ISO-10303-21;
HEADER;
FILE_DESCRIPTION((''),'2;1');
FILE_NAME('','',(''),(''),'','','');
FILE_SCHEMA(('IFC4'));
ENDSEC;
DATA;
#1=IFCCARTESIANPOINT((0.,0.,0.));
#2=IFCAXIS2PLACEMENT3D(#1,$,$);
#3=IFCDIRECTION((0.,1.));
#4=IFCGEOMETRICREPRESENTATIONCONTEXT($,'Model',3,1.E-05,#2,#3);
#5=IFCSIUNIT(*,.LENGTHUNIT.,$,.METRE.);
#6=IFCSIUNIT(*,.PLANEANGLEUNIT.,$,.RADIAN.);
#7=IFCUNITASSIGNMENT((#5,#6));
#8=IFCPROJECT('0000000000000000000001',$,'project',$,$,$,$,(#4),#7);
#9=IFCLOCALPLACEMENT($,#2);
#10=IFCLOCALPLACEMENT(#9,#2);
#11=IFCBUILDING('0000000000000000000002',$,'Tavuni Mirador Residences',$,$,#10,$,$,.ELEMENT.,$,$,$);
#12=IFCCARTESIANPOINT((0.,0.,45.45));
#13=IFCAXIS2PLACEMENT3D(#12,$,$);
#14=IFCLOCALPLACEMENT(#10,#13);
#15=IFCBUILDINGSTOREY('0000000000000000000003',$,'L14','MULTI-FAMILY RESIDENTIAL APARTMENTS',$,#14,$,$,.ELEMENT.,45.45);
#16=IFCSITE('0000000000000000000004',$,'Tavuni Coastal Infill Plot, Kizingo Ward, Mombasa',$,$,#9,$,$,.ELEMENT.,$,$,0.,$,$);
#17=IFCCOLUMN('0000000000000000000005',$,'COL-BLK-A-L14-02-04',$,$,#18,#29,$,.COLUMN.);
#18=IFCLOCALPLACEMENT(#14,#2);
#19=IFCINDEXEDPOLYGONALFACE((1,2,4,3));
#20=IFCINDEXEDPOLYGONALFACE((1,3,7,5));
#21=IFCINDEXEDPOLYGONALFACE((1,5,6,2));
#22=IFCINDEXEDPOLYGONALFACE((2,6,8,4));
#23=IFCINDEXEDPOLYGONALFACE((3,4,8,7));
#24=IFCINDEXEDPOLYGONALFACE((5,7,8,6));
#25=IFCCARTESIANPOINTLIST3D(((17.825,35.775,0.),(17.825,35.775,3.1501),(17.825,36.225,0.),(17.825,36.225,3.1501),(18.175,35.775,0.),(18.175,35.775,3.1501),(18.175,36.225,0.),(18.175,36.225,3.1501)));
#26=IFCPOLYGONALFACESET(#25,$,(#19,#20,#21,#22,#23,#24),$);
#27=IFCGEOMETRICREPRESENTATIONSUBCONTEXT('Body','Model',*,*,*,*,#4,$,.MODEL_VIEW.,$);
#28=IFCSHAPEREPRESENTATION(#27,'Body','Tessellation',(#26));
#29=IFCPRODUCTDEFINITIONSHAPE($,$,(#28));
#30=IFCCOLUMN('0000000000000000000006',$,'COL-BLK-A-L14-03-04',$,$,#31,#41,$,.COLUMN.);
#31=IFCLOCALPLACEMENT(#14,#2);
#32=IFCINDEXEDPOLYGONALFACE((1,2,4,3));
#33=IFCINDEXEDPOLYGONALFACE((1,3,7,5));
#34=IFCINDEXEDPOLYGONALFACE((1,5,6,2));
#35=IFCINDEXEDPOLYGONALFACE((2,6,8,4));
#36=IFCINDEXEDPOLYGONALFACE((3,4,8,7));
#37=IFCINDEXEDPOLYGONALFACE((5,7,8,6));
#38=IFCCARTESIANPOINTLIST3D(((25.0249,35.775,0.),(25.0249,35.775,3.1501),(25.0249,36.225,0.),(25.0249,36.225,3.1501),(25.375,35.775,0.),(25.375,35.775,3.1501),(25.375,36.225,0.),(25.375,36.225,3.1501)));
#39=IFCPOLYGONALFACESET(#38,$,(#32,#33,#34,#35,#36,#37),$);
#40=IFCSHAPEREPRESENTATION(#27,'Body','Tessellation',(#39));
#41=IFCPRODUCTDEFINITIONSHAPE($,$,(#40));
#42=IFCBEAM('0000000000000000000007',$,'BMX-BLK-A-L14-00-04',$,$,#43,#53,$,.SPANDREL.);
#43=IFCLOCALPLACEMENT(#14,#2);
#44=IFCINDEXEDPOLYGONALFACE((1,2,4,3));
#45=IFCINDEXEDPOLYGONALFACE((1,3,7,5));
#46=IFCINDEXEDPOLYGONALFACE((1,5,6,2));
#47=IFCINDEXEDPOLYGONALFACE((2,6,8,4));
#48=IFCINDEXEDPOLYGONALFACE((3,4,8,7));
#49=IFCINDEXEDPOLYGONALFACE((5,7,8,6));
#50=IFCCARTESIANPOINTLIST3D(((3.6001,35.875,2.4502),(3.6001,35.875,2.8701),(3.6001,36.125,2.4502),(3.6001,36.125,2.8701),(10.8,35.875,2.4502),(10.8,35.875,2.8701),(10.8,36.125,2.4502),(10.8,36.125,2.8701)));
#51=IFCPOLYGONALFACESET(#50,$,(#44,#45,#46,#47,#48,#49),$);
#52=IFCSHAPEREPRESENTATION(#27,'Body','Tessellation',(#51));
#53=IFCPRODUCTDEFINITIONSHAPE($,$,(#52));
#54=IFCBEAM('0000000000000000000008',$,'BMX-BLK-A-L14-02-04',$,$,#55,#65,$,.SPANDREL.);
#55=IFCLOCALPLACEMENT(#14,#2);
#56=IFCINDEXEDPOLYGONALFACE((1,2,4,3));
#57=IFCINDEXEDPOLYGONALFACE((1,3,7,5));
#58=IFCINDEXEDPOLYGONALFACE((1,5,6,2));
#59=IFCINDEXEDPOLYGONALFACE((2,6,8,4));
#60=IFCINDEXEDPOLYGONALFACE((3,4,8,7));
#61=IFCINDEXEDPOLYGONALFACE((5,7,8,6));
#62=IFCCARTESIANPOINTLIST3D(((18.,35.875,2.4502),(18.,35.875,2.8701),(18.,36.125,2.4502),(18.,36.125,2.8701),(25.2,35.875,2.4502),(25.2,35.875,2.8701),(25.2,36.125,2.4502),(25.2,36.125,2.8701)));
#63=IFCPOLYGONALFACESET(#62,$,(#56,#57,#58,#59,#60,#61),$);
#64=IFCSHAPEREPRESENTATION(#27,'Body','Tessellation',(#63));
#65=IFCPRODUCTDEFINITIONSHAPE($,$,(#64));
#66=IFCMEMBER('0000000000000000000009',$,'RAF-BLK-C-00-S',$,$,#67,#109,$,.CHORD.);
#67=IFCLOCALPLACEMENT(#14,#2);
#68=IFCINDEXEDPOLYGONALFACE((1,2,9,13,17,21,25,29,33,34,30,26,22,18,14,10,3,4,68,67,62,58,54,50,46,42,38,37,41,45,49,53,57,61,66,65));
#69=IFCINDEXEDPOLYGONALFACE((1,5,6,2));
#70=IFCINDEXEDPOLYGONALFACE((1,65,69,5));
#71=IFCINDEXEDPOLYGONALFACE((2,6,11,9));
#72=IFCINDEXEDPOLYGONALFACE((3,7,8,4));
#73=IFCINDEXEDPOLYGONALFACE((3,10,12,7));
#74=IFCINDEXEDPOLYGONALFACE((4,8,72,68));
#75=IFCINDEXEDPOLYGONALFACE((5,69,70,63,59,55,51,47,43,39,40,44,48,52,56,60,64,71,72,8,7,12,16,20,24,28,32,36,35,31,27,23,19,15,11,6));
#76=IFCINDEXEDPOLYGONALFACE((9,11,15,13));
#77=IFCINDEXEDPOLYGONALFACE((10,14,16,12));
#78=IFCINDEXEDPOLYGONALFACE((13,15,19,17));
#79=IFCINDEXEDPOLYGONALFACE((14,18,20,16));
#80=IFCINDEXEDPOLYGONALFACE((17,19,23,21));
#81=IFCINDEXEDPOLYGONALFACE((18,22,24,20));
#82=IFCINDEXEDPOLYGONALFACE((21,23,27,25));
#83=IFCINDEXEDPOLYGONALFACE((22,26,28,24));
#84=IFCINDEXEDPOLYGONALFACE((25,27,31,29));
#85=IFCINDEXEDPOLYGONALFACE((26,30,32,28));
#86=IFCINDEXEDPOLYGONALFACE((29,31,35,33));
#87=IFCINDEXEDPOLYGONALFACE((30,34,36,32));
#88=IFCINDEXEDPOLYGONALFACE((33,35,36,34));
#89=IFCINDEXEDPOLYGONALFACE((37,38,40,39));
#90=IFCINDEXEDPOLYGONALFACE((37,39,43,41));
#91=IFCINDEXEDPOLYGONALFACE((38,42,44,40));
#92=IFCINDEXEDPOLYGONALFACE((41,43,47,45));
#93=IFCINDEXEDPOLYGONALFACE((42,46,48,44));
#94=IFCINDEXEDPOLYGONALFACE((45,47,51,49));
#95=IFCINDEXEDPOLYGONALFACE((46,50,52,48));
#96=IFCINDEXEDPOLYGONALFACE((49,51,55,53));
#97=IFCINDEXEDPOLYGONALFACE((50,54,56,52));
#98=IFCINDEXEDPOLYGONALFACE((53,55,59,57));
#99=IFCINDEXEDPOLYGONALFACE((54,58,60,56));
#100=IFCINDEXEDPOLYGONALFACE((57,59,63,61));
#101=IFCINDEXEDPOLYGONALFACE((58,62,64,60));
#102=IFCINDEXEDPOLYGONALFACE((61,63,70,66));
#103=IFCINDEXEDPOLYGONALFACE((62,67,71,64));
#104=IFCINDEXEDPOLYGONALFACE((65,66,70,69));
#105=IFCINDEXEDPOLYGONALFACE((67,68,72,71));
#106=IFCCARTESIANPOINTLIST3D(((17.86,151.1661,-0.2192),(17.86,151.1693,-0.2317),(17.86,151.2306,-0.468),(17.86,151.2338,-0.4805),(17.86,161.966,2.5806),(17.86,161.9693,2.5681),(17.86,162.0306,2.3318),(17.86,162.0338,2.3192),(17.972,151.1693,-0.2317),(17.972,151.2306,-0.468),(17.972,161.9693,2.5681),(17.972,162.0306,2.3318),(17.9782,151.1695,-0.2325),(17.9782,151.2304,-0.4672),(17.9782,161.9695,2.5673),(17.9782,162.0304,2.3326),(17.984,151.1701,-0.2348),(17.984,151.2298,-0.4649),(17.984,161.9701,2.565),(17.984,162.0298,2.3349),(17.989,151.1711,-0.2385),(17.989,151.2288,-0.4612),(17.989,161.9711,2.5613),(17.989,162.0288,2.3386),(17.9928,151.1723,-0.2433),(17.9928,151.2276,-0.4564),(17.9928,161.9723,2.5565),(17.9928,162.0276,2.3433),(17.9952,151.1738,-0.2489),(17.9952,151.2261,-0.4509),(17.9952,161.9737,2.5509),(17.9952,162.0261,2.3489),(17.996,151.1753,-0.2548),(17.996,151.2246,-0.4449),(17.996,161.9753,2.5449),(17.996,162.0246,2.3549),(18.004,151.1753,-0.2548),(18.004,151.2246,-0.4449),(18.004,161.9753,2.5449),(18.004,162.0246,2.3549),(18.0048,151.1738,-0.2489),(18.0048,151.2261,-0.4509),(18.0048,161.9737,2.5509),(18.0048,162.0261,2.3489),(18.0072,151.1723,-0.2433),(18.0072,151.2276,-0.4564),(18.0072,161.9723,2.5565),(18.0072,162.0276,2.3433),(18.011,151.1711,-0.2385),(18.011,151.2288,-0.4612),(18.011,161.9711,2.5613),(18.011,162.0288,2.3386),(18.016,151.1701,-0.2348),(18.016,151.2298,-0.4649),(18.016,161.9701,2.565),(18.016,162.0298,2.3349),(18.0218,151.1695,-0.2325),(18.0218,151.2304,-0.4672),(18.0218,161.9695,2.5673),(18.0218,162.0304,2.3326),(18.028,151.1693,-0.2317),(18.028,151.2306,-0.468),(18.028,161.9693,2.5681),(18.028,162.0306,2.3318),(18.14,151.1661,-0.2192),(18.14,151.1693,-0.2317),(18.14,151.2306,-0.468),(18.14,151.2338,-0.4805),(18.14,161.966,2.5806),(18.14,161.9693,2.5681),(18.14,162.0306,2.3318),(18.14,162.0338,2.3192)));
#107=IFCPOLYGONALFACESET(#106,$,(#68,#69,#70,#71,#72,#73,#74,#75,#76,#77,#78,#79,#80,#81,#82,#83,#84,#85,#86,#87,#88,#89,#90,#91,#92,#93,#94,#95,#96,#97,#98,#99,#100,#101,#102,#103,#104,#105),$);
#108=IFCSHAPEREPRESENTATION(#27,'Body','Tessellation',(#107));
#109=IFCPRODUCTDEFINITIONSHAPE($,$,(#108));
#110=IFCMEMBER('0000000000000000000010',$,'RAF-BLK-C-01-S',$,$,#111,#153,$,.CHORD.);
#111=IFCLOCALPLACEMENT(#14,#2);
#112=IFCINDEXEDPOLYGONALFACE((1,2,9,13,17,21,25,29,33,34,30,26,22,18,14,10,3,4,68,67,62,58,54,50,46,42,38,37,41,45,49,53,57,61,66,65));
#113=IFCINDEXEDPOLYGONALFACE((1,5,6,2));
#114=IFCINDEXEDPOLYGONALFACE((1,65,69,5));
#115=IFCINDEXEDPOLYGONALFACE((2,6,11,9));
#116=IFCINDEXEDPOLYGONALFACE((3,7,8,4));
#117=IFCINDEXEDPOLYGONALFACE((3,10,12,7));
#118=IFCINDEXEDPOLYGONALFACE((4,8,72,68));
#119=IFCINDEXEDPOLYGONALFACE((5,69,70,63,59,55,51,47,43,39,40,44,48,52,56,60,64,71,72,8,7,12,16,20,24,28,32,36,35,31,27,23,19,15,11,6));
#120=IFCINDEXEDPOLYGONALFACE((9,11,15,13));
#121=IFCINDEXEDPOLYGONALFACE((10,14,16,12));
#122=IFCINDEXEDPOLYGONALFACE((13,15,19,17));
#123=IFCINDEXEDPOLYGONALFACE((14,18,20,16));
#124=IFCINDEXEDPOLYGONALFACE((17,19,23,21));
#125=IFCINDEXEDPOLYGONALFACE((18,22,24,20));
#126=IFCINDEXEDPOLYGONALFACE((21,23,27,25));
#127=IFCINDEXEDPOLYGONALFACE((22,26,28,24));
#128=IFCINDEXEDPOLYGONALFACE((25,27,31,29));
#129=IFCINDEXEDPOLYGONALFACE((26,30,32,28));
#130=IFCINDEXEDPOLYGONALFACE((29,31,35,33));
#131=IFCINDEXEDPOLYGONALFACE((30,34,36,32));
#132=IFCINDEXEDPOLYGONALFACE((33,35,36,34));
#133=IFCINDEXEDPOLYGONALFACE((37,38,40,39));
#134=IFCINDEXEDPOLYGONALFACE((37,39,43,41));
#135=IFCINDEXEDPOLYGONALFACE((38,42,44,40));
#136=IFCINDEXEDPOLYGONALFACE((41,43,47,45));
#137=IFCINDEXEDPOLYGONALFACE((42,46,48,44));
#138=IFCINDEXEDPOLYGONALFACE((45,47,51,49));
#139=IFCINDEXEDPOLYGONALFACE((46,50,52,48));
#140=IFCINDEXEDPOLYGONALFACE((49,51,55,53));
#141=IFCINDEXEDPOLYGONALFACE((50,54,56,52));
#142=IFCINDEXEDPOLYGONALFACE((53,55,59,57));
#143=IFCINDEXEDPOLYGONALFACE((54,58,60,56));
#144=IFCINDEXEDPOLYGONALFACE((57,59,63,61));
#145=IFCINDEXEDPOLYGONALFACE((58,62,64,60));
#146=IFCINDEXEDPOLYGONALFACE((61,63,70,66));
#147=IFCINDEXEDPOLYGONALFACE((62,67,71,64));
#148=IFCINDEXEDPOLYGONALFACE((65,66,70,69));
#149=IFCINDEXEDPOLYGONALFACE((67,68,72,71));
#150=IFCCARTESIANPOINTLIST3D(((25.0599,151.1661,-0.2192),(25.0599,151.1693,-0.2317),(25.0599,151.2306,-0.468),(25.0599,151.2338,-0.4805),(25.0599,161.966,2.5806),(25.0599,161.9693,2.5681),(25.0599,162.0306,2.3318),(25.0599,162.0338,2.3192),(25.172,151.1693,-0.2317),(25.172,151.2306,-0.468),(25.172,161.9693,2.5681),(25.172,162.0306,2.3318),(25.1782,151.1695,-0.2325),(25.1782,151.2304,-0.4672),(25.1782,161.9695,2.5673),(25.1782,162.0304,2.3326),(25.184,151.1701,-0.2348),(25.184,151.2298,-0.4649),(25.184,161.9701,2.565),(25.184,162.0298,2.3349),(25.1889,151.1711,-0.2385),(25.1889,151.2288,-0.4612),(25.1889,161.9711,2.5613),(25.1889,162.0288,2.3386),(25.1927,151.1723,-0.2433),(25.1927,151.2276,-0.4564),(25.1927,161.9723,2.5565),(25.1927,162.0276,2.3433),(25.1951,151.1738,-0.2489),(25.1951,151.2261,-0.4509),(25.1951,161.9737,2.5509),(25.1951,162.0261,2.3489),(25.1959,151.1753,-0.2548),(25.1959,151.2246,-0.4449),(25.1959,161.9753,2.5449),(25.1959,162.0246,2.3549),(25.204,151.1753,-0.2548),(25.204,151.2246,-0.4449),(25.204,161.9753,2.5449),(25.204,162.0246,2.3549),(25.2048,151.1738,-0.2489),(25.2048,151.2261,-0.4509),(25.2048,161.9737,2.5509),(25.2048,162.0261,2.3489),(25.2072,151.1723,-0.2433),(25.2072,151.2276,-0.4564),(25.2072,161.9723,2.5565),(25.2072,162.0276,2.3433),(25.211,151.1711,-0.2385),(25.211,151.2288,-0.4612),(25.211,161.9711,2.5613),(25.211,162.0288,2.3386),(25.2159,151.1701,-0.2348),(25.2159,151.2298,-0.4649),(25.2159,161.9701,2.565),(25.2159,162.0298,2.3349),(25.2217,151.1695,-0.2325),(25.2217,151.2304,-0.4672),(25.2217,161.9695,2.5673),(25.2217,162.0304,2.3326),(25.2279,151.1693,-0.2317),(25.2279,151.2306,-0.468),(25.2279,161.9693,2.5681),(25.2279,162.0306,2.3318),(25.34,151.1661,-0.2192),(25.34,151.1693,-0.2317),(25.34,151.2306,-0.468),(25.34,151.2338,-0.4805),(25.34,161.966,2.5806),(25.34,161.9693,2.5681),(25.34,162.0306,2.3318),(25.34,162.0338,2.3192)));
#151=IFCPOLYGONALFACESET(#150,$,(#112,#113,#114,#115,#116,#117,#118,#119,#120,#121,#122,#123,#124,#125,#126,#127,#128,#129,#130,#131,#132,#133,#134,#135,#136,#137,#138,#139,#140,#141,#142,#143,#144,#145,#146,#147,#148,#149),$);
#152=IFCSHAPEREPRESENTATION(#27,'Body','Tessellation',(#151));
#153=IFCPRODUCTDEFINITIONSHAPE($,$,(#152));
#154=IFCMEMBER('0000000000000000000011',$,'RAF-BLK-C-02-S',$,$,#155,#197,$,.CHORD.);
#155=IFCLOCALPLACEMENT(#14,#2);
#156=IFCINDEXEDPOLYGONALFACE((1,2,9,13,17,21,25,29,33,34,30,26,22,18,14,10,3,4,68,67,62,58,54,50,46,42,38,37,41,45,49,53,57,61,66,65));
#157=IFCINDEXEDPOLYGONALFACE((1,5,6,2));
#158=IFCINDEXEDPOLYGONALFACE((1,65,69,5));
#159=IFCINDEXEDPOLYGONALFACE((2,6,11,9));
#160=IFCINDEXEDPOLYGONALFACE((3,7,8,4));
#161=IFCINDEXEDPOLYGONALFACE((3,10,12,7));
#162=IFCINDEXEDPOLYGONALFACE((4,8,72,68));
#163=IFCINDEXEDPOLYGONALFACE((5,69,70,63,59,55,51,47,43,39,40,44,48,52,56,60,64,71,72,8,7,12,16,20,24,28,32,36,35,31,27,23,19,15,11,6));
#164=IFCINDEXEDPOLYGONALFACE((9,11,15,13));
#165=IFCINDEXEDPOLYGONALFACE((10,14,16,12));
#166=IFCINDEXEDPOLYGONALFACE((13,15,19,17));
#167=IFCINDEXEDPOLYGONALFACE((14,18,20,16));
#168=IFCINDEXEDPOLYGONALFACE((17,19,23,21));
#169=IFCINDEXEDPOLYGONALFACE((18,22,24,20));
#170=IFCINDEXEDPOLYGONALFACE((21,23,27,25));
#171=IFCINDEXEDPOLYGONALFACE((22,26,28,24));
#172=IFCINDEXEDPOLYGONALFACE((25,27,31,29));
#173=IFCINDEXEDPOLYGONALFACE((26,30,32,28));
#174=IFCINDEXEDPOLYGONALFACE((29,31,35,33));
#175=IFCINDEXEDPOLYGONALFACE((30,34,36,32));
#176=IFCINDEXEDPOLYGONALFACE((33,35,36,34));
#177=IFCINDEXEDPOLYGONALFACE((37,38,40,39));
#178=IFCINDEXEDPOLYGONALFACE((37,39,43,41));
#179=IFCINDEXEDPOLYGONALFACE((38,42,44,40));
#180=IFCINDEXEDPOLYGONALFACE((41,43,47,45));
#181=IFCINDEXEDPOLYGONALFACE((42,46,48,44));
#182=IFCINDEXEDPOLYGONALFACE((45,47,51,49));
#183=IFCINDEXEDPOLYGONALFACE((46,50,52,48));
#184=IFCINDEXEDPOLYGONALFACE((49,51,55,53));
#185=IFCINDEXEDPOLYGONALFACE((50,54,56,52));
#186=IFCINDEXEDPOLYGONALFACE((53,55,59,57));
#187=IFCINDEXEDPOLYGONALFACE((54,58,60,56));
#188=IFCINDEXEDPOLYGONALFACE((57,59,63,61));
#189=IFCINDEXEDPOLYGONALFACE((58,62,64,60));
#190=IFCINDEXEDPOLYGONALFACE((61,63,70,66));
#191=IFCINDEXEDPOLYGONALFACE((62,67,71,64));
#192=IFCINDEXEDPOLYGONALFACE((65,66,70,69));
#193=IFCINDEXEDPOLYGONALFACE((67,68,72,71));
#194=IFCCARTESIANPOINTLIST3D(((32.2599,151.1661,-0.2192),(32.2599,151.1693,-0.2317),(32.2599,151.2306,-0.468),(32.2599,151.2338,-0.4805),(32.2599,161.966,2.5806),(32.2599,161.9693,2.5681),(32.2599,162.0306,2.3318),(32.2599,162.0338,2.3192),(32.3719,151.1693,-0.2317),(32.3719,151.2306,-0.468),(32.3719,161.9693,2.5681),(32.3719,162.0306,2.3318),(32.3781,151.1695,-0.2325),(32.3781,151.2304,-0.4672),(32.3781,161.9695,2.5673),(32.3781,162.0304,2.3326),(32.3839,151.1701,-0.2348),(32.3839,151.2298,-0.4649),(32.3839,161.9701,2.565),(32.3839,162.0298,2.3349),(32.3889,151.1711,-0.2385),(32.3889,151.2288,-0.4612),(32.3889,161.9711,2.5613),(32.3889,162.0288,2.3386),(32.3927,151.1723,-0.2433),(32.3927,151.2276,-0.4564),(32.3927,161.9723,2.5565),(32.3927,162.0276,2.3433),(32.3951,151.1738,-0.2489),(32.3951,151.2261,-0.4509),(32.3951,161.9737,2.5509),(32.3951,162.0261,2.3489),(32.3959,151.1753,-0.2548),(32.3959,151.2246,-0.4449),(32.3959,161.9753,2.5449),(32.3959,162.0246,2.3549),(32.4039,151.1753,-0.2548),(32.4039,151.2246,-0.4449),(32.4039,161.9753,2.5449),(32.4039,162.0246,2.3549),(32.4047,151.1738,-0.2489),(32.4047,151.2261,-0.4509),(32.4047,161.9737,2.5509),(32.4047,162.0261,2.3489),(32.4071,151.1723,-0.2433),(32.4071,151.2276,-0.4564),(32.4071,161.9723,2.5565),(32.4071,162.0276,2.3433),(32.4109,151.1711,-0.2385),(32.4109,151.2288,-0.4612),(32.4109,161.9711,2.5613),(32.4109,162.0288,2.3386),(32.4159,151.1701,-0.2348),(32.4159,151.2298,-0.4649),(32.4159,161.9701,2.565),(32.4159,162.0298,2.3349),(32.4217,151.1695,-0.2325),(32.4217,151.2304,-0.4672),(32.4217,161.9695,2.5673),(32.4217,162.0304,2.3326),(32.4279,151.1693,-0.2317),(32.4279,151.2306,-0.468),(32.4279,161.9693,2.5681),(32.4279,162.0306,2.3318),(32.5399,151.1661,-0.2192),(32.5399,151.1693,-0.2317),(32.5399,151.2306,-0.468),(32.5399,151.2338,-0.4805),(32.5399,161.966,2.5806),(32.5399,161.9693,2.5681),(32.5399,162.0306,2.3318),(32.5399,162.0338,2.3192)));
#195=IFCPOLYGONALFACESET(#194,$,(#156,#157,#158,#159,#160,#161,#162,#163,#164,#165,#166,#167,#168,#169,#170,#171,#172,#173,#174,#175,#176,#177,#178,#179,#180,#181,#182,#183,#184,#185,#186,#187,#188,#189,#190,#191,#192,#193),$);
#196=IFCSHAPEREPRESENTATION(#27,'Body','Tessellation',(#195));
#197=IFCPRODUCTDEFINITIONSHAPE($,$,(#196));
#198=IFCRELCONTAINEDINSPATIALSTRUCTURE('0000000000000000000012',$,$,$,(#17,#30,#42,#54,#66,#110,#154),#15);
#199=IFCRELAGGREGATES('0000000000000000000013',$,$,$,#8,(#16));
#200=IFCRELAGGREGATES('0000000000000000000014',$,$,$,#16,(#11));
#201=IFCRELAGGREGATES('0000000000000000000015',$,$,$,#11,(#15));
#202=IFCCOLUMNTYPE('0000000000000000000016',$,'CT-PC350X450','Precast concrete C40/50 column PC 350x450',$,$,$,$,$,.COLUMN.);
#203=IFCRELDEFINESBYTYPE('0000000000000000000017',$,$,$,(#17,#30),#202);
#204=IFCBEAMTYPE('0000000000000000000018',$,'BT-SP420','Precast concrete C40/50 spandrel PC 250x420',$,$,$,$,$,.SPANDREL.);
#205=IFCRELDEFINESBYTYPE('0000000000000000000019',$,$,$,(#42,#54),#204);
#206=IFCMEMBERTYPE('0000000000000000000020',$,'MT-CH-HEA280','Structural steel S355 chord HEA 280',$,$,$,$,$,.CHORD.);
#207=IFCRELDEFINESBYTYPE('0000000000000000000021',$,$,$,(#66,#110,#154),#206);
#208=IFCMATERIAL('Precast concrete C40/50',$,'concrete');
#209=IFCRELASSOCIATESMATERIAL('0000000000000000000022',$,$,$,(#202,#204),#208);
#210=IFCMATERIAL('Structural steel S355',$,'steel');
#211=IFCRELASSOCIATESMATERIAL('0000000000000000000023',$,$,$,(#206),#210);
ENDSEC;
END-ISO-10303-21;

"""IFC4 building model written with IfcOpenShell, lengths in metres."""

from ifc_helpers import new_model, si_unit, direction, frame, origin, origin_2d, place, context, subcontext, project, spatial, rectangle, i_section, extrude, material, material_profile, profile_set, type_object, element, save


model = new_model("IFC4")

# Units and contexts
model_context = context("Model", 3, precision=1e-05, world=origin(), true_north=direction((0.0, 1.0)))
body_context = subcontext(model_context, "Body", "Model", "MODEL_VIEW")
ifc_project = project(units=[si_unit("LENGTHUNIT", "METRE"), si_unit("PLANEANGLEUNIT", "RADIAN")], contexts=[model_context])

# Site, building, storey
site_placement = place(None, origin())
site = spatial("IfcSite", under=ifc_project, at=site_placement, Name="Tavuni Coastal Infill Plot, Kizingo Ward, Mombasa", CompositionType="ELEMENT", RefElevation=0.0)
building_placement = place(site_placement, origin())
building = spatial("IfcBuilding", under=site, at=building_placement, Name="Tavuni Mirador Residences", CompositionType="ELEMENT")
storey_placement = place(building_placement, frame((0.0, 0.0, 45.45)))
storey = spatial("IfcBuildingStorey", under=building, at=storey_placement, Name="L14", Description="MULTI-FAMILY RESIDENTIAL APARTMENTS", CompositionType="ELEMENT", Elevation=45.45)

# Columns
ifc_material_1 = material(Name="Precast concrete C40/50", Category="concrete")
ifc_material_profile_1 = material_profile(ifc_material_1, rectangle(XDim=0.3501, YDim=0.45, at=origin_2d()), Name="PC 350x450", Category="concrete")
ifc_profile_set_1 = profile_set([ifc_material_profile_1], Name="Precast concrete C40/50")
column_type = type_object("IfcColumnType", Name="CT-PC350X450", Description="Precast concrete C40/50 column PC 350x450", PredefinedType="COLUMN", material=ifc_profile_set_1)
for number, where, z_axis, x_axis, name in (
    (1, (18.0, 36.0, 0.0), (0.0, 0.0, 1.0), (1.0, 0.0, 0.0), "COL-BLK-A-L14-02-04"),
    (2, (25.2, 36.0, 0.0), (0.0, 0.0, 1.0), (1.0, 0.0, 0.0), "COL-BLK-A-L14-03-04"),
):
    element("IfcColumn", number, at=place(storey_placement, frame(where, z_axis=z_axis, x_axis=x_axis)), inside=storey, type_object=column_type, Name=name, PredefinedType="COLUMN", context=body_context, shape_type="SweptSolid", body=[
        extrude(rectangle(XDim=0.3501, YDim=0.45, at=origin_2d()), origin(), (0.0, 0.0, 1.0), 3.1501),
    ])

# Beams
ifc_material_profile_2 = material_profile(ifc_material_1, rectangle(XDim=0.25, YDim=0.4199, at=origin_2d()), Name="PC 250x420", Category="concrete")
ifc_profile_set_2 = profile_set([ifc_material_profile_2], Name="Precast concrete C40/50")
beam_type = type_object("IfcBeamType", Name="BT-SP420", Description="Precast concrete C40/50 spandrel PC 250x420", PredefinedType="SPANDREL", material=ifc_profile_set_2)
for number, where, z_axis, x_axis, name in (
    (3, (3.6001, 36.0, 2.6602), (1.0, 0.0, 0.0), (0.0, 1.0, 0.0), "BMX-BLK-A-L14-00-04"),
    (4, (18.0, 36.0, 2.6602), (1.0, 0.0, 0.0), (0.0, 1.0, 0.0), "BMX-BLK-A-L14-02-04"),
):
    element("IfcBeam", number, at=place(storey_placement, frame(where, z_axis=z_axis, x_axis=x_axis)), inside=storey, type_object=beam_type, Name=name, PredefinedType="SPANDREL", context=body_context, shape_type="SweptSolid", body=[
        extrude(rectangle(XDim=0.25, YDim=0.4199, at=origin_2d()), origin(), (0.0, 0.0, 1.0), 7.2),
    ])

# Members
ifc_material_2 = material(Name="Structural steel S355", Category="steel")
ifc_material_profile_3 = material_profile(ifc_material_2, i_section(OverallWidth=0.28, OverallDepth=0.27, WebThickness=0.0081, FlangeThickness=0.0129, FilletRadius=0.0239, at=origin_2d()), Name="HEA 280", Category="steel")
ifc_profile_set_3 = profile_set([ifc_material_profile_3], Name="Structural steel S355")
member_type = type_object("IfcMemberType", Name="MT-CH-HEA280", Description="Structural steel S355 chord HEA 280", PredefinedType="CHORD", material=ifc_profile_set_3)
for number, where, z_axis, x_axis, name in (
    (5, (18.0, 151.2, -0.3499), (0.0, 0.968001, 0.250945), (-1.0, 0.0, 0.0), "RAF-BLK-C-00-S"),
    (6, (25.2, 151.2, -0.3499), (0.0, 0.968001, 0.250945), (-1.0, 0.0, 0.0), "RAF-BLK-C-01-S"),
    (7, (32.3999, 151.2, -0.3499), (0.0, 0.968001, 0.250945), (-1.0, 0.0, 0.0), "RAF-BLK-C-02-S"),
):
    element("IfcMember", number, at=place(storey_placement, frame(where, z_axis=z_axis, x_axis=x_axis)), inside=storey, type_object=member_type, Name=name, PredefinedType="CHORD", context=body_context, shape_type="SweptSolid", body=[
        extrude(i_section(OverallWidth=0.28, OverallDepth=0.27, WebThickness=0.0081, FlangeThickness=0.0129, FilletRadius=0.0239, at=origin_2d()), origin(), (0.0, 0.0, 1.0), 11.157),
    ])

save(model, "model.ifc")
